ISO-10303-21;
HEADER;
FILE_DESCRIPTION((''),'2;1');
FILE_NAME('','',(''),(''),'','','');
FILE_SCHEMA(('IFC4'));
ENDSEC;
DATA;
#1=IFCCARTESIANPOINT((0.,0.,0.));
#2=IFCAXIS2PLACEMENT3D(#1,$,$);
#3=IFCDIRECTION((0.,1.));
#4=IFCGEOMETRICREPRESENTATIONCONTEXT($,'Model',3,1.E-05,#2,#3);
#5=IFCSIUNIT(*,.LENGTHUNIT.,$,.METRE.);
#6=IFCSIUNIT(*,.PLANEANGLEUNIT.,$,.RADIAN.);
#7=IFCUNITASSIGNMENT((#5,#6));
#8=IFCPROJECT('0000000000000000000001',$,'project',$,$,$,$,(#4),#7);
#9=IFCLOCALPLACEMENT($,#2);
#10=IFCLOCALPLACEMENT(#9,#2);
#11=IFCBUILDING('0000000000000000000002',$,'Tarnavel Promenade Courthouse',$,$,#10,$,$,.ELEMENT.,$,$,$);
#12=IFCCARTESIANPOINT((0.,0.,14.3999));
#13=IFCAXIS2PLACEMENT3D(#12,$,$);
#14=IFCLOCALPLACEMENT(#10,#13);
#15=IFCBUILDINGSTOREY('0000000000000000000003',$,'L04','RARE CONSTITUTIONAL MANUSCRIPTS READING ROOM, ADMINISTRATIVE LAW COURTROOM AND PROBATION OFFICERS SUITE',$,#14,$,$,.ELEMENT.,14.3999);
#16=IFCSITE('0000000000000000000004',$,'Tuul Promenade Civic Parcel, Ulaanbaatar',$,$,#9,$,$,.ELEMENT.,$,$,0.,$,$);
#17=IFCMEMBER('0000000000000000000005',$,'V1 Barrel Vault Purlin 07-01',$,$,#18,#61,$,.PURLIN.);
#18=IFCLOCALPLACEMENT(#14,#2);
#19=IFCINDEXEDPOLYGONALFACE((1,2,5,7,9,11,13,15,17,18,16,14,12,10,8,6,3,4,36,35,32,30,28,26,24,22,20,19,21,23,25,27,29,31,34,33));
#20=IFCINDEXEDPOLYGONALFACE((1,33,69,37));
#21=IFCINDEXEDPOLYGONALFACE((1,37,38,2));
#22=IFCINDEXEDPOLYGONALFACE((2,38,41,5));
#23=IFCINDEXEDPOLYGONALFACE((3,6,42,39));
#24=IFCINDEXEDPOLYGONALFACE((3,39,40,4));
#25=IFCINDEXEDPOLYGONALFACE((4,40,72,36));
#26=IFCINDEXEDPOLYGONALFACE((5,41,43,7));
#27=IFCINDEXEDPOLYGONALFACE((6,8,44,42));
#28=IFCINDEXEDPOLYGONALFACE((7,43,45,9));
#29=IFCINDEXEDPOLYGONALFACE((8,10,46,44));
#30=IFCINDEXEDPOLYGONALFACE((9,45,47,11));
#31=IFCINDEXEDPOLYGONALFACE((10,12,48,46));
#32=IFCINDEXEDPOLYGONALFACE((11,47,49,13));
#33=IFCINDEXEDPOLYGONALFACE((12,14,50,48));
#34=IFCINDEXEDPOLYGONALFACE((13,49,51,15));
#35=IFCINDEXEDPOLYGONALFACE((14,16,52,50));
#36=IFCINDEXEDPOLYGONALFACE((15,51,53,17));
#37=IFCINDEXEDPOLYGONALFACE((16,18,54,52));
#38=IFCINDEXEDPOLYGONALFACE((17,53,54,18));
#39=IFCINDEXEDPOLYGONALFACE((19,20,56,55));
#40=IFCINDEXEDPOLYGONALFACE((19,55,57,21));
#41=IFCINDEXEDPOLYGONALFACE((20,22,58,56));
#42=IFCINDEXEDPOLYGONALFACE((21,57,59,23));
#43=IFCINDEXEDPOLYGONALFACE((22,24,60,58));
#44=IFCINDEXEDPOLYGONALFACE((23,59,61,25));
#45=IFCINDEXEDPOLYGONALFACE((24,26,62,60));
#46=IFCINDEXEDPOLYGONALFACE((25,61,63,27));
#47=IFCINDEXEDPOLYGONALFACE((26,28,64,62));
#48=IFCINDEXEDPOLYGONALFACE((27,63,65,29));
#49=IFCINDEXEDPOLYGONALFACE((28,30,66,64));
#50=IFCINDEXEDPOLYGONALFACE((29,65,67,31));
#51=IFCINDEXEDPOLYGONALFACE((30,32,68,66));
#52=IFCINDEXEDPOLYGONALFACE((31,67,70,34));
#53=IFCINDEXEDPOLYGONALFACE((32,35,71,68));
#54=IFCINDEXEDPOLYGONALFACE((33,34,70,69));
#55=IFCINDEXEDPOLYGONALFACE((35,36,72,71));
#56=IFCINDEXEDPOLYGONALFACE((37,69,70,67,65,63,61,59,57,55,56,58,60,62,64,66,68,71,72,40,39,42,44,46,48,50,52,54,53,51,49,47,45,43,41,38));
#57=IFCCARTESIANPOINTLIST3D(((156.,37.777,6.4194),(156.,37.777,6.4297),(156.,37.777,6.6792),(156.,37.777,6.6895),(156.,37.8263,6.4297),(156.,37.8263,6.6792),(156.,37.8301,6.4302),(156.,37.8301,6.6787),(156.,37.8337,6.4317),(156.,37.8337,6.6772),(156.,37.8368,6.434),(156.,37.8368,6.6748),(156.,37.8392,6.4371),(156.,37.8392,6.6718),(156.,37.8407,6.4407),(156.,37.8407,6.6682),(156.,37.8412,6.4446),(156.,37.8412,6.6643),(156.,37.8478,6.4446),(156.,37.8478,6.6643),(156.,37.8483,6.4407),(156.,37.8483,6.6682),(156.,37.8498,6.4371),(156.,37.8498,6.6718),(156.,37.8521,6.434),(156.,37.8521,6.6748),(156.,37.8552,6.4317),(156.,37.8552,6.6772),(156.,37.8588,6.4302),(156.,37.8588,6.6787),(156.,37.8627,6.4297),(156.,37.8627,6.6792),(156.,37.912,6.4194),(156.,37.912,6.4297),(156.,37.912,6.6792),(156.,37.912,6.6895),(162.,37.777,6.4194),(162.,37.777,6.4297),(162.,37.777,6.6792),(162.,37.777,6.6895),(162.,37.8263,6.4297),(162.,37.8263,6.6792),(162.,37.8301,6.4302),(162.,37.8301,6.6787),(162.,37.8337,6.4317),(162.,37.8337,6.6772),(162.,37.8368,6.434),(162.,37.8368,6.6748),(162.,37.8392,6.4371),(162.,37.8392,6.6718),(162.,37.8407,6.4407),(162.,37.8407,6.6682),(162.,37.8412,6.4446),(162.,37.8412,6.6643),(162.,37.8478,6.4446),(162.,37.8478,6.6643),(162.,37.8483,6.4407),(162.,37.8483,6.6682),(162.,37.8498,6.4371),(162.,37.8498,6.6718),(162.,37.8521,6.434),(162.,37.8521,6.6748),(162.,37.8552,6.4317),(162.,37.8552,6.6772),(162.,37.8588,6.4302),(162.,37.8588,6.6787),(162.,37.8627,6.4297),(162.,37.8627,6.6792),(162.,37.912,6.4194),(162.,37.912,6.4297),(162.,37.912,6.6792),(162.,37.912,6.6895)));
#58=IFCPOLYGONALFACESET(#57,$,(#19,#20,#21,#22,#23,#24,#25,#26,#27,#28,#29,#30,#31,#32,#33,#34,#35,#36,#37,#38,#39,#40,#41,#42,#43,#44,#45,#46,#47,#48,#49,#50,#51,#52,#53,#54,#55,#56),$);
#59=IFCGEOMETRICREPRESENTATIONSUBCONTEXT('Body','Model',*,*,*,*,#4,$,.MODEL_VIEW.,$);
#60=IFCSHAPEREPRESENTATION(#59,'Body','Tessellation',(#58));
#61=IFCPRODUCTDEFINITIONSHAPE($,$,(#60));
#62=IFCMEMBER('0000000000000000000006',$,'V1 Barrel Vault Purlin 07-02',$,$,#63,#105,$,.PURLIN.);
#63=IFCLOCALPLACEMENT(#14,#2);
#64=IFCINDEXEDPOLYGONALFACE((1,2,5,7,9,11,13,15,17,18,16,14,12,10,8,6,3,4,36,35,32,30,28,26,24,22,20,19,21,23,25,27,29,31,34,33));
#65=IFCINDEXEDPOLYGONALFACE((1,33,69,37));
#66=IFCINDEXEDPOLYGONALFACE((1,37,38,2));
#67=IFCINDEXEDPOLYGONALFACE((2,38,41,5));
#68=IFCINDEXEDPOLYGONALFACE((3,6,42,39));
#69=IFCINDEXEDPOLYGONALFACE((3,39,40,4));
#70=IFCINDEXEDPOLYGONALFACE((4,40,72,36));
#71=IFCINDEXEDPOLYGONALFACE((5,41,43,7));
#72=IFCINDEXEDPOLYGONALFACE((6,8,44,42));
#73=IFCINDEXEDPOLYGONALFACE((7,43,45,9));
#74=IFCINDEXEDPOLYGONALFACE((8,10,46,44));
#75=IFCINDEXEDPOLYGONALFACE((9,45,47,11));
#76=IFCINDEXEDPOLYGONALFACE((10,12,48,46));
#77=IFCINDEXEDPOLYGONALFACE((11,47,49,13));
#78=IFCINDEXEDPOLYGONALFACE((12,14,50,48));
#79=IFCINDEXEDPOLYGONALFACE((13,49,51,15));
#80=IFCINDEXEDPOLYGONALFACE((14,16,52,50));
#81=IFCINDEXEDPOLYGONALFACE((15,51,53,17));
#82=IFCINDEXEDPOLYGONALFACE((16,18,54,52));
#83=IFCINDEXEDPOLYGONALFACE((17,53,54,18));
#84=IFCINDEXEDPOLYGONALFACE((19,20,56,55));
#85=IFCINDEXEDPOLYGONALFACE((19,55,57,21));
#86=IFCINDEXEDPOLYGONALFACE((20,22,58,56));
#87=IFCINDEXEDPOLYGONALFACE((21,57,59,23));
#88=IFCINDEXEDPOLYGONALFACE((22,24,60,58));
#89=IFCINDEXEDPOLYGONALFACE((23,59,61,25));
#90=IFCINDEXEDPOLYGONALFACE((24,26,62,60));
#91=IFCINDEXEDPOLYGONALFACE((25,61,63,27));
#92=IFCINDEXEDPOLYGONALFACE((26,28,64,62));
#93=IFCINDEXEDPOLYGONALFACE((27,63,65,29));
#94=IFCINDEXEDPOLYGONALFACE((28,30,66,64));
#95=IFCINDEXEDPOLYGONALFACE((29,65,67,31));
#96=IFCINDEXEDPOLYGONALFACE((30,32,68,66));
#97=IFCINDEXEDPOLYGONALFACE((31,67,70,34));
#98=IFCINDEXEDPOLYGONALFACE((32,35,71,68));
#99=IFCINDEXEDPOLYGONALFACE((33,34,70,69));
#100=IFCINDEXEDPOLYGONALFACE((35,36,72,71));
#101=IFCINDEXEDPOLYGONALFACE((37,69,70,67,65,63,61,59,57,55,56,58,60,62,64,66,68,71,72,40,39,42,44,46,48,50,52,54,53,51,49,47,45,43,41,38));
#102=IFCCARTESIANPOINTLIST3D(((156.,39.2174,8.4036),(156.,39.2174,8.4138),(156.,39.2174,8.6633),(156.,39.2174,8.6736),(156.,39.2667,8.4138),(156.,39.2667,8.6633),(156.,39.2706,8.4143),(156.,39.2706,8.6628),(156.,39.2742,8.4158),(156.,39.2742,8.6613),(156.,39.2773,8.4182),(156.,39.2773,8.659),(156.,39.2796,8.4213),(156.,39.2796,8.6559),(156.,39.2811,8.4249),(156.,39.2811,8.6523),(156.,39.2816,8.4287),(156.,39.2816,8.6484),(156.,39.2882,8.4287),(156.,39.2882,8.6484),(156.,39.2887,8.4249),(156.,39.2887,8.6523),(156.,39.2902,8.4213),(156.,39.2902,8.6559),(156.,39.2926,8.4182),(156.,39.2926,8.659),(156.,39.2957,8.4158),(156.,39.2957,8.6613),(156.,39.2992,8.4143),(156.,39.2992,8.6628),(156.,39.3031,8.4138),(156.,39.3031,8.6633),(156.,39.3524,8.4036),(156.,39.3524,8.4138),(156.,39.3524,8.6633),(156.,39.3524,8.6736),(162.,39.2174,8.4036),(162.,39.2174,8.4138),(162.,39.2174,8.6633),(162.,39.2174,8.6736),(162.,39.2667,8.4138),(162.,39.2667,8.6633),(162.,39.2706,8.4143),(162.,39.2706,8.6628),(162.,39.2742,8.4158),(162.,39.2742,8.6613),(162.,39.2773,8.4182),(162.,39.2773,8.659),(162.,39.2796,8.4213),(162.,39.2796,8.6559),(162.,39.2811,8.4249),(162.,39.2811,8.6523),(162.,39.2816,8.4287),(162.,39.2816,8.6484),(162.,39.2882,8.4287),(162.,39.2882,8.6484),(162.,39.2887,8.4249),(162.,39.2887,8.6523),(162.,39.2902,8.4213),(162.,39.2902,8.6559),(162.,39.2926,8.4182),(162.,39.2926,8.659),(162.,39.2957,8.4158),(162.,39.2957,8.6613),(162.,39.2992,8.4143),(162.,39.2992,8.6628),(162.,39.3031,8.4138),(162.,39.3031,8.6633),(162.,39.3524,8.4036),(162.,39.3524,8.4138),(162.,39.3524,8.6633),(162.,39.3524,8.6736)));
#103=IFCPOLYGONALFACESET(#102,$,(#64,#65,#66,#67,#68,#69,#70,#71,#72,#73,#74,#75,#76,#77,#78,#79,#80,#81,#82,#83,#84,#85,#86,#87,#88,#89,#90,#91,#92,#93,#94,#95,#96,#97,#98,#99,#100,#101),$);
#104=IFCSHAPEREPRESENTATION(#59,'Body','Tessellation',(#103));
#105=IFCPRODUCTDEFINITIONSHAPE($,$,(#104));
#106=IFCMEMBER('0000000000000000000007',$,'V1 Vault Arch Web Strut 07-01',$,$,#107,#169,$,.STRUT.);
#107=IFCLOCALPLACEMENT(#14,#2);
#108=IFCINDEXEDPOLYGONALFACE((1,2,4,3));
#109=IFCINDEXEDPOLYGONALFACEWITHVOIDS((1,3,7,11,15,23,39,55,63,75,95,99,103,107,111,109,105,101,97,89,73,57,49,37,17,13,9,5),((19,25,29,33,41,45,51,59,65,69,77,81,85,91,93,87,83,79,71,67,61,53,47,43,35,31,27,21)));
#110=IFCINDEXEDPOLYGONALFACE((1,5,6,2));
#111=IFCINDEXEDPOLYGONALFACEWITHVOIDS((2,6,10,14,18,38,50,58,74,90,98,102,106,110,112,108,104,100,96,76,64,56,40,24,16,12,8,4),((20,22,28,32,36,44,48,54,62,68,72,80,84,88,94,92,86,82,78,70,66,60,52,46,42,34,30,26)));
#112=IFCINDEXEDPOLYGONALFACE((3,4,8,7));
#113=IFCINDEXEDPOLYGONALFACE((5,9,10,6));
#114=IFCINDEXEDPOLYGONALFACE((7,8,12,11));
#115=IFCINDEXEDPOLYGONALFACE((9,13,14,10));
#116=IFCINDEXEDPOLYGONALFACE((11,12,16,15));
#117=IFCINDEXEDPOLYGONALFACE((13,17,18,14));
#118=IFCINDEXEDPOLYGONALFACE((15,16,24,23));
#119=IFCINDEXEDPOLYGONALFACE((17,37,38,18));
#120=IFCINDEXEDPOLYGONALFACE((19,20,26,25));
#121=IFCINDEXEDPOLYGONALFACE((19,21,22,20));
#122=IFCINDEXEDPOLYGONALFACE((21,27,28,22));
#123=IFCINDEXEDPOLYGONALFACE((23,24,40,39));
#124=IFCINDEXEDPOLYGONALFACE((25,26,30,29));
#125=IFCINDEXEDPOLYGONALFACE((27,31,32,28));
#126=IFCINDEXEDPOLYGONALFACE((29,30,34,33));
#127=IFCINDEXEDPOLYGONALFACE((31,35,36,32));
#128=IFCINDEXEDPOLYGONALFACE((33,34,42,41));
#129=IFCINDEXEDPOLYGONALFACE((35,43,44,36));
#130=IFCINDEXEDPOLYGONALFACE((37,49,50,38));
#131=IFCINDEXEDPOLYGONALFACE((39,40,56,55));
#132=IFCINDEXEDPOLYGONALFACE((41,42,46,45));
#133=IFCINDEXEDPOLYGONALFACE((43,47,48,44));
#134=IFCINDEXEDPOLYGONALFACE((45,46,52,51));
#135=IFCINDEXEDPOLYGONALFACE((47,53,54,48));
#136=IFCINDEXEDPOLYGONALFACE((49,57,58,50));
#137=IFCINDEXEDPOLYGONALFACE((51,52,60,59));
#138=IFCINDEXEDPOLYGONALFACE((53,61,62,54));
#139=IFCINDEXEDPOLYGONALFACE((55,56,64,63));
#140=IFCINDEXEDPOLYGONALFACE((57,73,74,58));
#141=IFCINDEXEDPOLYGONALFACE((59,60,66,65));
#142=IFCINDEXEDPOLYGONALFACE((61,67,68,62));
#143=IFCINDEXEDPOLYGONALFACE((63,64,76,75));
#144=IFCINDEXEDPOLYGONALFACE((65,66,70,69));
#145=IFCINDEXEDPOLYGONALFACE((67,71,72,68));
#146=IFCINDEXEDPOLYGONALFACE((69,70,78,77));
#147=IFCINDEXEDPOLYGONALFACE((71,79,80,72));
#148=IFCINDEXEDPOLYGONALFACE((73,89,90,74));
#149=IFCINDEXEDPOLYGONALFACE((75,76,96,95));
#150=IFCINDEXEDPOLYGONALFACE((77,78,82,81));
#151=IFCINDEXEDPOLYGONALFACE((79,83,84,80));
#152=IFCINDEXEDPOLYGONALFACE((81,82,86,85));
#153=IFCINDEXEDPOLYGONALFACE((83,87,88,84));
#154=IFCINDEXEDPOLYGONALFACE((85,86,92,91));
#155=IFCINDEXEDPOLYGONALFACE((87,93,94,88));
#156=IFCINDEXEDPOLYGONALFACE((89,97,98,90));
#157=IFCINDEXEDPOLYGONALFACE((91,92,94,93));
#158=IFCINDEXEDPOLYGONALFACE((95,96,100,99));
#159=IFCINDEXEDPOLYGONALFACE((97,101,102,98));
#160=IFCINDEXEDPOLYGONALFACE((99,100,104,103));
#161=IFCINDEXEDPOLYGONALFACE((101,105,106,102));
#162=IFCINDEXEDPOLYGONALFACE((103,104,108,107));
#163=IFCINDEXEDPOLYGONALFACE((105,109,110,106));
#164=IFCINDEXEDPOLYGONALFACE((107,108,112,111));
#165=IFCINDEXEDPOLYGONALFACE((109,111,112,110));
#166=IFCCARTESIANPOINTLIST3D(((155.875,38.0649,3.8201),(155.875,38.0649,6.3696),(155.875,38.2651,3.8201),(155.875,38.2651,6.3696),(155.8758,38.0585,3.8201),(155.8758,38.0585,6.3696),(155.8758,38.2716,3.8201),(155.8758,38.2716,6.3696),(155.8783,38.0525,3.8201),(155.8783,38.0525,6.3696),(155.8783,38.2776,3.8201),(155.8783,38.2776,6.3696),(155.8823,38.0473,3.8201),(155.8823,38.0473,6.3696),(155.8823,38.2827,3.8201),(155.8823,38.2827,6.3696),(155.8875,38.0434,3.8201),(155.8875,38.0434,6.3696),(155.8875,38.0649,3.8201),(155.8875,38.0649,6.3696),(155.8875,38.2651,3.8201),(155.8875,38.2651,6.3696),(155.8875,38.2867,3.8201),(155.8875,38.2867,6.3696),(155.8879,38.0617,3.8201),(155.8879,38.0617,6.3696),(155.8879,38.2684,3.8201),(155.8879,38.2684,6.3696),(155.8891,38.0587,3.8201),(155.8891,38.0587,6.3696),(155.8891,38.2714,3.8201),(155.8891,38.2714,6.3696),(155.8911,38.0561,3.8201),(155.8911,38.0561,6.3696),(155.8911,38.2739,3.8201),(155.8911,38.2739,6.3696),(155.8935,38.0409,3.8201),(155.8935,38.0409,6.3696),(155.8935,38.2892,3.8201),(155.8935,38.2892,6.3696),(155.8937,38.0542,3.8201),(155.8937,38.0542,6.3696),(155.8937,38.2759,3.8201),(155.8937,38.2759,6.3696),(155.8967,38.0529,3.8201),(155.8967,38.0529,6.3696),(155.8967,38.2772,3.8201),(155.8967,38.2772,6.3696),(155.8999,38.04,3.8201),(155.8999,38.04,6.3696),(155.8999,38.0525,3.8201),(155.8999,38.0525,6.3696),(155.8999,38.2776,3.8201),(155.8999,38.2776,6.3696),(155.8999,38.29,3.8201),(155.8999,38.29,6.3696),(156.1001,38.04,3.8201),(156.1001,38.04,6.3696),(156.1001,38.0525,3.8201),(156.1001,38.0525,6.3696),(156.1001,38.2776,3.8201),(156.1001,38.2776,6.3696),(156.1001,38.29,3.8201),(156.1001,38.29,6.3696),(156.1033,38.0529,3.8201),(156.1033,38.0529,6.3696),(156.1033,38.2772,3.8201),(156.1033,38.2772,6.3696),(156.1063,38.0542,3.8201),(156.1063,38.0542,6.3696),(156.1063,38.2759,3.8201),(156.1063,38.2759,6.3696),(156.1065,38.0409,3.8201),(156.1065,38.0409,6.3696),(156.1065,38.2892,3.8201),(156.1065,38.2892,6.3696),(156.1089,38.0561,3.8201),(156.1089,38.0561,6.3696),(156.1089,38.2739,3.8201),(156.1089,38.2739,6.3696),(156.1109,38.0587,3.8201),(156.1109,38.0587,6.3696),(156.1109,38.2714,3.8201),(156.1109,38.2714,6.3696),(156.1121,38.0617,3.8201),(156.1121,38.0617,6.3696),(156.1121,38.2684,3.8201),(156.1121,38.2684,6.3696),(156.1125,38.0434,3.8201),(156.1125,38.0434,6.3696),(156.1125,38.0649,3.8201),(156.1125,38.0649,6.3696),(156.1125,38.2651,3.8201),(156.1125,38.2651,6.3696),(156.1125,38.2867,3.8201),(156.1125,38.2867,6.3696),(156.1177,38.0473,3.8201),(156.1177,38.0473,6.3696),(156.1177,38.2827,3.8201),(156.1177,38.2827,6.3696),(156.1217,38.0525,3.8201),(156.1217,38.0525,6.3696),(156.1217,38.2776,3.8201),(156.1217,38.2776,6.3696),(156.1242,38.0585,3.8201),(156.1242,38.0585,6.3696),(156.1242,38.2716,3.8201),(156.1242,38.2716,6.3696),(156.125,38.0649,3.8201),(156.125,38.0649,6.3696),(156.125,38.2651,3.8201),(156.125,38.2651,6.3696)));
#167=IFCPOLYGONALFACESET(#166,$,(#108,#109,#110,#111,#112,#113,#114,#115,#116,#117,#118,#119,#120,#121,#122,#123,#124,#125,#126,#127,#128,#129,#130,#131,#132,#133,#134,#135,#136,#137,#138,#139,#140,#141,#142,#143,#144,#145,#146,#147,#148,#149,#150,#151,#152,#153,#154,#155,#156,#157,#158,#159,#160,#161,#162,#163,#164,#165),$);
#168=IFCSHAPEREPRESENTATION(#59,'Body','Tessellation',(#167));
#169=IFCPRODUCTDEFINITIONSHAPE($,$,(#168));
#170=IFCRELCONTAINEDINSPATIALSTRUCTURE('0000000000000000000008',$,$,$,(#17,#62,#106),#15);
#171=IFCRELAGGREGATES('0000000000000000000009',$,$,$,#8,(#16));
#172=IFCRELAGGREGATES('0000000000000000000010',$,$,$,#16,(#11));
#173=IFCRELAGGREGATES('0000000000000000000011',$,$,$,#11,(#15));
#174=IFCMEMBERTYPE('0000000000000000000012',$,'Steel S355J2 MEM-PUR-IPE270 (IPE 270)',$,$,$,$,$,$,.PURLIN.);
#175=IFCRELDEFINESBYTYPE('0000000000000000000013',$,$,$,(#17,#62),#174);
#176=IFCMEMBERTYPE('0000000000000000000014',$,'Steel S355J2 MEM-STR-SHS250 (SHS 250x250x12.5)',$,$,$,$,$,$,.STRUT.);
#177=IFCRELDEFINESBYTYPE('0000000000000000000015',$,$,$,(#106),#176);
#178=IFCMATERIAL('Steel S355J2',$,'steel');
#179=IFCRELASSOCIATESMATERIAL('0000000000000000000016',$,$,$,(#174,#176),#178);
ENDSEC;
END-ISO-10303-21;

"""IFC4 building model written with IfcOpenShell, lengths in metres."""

from ifc_helpers import new_model, si_unit, direction, frame, origin, origin_2d, place, context, subcontext, project, spatial, hollow_rectangle, i_section, extrude, material, material_profile, profile_set, type_object, element, save


model = new_model("IFC4")

# Units and contexts
model_context = context("Model", 3, precision=1e-05, world=origin(), true_north=direction((0.0, 1.0)))
body_context = subcontext(model_context, "Body", "Model", "MODEL_VIEW")
ifc_project = project(units=[si_unit("LENGTHUNIT", "METRE"), si_unit("PLANEANGLEUNIT", "RADIAN")], contexts=[model_context])

# Site, building, storey
site_placement = place(None, origin())
site = spatial("IfcSite", under=ifc_project, at=site_placement, Name="Tuul Promenade Civic Parcel, Ulaanbaatar", CompositionType="ELEMENT", RefElevation=0.0)
building_placement = place(site_placement, origin())
building = spatial("IfcBuilding", under=site, at=building_placement, Name="Tarnavel Promenade Courthouse", CompositionType="ELEMENT")
storey_placement = place(building_placement, frame((0.0, 0.0, 14.3999)))
storey = spatial("IfcBuildingStorey", under=building, at=storey_placement, Name="L04", Description="RARE CONSTITUTIONAL MANUSCRIPTS READING ROOM, ADMINISTRATIVE LAW COURTROOM AND PROBATION OFFICERS SUITE", CompositionType="ELEMENT", Elevation=14.3999)

# Shared definitions
ifc_material_1 = material(Name="Steel S355J2", Category="steel")

# Members
ifc_material_profile_1 = material_profile(ifc_material_1, i_section(OverallWidth=0.135, OverallDepth=0.27, WebThickness=0.0066, FlangeThickness=0.0103, FilletRadius=0.0149, at=origin_2d()), Name="IPE 270")
ifc_profile_set_1 = profile_set([ifc_material_profile_1], Name="Steel S355J2")
member_type_1 = type_object("IfcMemberType", Name="Steel S355J2 MEM-PUR-IPE270 (IPE 270)", PredefinedType="PURLIN", material=ifc_profile_set_1)
for number, where, z_axis, x_axis, name in (
    (1, (156.0, 37.8445, 6.5544), (1.0, 0.0, 0.0), (0.0, 1.0, 0.0), "V1 Barrel Vault Purlin 07-01"),
    (2, (156.0, 39.2849, 8.5386), (1.0, 0.0, 0.0), (0.0, 1.0, 0.0), "V1 Barrel Vault Purlin 07-02"),
):
    element("IfcMember", number, at=place(storey_placement, frame(where, z_axis=z_axis, x_axis=x_axis)), inside=storey, type_object=member_type_1, Name=name, PredefinedType="PURLIN", context=body_context, shape_type="SweptSolid", body=[
        extrude(i_section(OverallWidth=0.135, OverallDepth=0.27, WebThickness=0.0066, FlangeThickness=0.0103, FilletRadius=0.0149, at=origin_2d()), origin(), (0.0, 0.0, 1.0), 6.0),
    ])
ifc_material_profile_2 = material_profile(ifc_material_1, hollow_rectangle(XDim=0.25, YDim=0.25, WallThickness=0.0125, InnerFilletRadius=0.0125, OuterFilletRadius=0.0249, at=origin_2d()), Name="SHS 250x250x12.5")
ifc_profile_set_2 = profile_set([ifc_material_profile_2], Name="Steel S355J2")
member_type_2 = type_object("IfcMemberType", Name="Steel S355J2 MEM-STR-SHS250 (SHS 250x250x12.5)", PredefinedType="STRUT", material=ifc_profile_set_2)
member_1_placement = place(storey_placement, frame((156.0, 38.165, 3.8201), z_axis=(0.0, 0.0, 1.0), x_axis=(1.0, 0.0, 0.0)))
element("IfcMember", 3, at=member_1_placement, inside=storey, type_object=member_type_2, Name="V1 Vault Arch Web Strut 07-01", PredefinedType="STRUT", context=body_context, shape_type="SweptSolid", body=[
    extrude(hollow_rectangle(XDim=0.25, YDim=0.25, WallThickness=0.0125, InnerFilletRadius=0.0125, OuterFilletRadius=0.0249, at=origin_2d()), origin(), (0.0, 0.0, 1.0), 2.5496),
])

save(model, "model.ifc")
